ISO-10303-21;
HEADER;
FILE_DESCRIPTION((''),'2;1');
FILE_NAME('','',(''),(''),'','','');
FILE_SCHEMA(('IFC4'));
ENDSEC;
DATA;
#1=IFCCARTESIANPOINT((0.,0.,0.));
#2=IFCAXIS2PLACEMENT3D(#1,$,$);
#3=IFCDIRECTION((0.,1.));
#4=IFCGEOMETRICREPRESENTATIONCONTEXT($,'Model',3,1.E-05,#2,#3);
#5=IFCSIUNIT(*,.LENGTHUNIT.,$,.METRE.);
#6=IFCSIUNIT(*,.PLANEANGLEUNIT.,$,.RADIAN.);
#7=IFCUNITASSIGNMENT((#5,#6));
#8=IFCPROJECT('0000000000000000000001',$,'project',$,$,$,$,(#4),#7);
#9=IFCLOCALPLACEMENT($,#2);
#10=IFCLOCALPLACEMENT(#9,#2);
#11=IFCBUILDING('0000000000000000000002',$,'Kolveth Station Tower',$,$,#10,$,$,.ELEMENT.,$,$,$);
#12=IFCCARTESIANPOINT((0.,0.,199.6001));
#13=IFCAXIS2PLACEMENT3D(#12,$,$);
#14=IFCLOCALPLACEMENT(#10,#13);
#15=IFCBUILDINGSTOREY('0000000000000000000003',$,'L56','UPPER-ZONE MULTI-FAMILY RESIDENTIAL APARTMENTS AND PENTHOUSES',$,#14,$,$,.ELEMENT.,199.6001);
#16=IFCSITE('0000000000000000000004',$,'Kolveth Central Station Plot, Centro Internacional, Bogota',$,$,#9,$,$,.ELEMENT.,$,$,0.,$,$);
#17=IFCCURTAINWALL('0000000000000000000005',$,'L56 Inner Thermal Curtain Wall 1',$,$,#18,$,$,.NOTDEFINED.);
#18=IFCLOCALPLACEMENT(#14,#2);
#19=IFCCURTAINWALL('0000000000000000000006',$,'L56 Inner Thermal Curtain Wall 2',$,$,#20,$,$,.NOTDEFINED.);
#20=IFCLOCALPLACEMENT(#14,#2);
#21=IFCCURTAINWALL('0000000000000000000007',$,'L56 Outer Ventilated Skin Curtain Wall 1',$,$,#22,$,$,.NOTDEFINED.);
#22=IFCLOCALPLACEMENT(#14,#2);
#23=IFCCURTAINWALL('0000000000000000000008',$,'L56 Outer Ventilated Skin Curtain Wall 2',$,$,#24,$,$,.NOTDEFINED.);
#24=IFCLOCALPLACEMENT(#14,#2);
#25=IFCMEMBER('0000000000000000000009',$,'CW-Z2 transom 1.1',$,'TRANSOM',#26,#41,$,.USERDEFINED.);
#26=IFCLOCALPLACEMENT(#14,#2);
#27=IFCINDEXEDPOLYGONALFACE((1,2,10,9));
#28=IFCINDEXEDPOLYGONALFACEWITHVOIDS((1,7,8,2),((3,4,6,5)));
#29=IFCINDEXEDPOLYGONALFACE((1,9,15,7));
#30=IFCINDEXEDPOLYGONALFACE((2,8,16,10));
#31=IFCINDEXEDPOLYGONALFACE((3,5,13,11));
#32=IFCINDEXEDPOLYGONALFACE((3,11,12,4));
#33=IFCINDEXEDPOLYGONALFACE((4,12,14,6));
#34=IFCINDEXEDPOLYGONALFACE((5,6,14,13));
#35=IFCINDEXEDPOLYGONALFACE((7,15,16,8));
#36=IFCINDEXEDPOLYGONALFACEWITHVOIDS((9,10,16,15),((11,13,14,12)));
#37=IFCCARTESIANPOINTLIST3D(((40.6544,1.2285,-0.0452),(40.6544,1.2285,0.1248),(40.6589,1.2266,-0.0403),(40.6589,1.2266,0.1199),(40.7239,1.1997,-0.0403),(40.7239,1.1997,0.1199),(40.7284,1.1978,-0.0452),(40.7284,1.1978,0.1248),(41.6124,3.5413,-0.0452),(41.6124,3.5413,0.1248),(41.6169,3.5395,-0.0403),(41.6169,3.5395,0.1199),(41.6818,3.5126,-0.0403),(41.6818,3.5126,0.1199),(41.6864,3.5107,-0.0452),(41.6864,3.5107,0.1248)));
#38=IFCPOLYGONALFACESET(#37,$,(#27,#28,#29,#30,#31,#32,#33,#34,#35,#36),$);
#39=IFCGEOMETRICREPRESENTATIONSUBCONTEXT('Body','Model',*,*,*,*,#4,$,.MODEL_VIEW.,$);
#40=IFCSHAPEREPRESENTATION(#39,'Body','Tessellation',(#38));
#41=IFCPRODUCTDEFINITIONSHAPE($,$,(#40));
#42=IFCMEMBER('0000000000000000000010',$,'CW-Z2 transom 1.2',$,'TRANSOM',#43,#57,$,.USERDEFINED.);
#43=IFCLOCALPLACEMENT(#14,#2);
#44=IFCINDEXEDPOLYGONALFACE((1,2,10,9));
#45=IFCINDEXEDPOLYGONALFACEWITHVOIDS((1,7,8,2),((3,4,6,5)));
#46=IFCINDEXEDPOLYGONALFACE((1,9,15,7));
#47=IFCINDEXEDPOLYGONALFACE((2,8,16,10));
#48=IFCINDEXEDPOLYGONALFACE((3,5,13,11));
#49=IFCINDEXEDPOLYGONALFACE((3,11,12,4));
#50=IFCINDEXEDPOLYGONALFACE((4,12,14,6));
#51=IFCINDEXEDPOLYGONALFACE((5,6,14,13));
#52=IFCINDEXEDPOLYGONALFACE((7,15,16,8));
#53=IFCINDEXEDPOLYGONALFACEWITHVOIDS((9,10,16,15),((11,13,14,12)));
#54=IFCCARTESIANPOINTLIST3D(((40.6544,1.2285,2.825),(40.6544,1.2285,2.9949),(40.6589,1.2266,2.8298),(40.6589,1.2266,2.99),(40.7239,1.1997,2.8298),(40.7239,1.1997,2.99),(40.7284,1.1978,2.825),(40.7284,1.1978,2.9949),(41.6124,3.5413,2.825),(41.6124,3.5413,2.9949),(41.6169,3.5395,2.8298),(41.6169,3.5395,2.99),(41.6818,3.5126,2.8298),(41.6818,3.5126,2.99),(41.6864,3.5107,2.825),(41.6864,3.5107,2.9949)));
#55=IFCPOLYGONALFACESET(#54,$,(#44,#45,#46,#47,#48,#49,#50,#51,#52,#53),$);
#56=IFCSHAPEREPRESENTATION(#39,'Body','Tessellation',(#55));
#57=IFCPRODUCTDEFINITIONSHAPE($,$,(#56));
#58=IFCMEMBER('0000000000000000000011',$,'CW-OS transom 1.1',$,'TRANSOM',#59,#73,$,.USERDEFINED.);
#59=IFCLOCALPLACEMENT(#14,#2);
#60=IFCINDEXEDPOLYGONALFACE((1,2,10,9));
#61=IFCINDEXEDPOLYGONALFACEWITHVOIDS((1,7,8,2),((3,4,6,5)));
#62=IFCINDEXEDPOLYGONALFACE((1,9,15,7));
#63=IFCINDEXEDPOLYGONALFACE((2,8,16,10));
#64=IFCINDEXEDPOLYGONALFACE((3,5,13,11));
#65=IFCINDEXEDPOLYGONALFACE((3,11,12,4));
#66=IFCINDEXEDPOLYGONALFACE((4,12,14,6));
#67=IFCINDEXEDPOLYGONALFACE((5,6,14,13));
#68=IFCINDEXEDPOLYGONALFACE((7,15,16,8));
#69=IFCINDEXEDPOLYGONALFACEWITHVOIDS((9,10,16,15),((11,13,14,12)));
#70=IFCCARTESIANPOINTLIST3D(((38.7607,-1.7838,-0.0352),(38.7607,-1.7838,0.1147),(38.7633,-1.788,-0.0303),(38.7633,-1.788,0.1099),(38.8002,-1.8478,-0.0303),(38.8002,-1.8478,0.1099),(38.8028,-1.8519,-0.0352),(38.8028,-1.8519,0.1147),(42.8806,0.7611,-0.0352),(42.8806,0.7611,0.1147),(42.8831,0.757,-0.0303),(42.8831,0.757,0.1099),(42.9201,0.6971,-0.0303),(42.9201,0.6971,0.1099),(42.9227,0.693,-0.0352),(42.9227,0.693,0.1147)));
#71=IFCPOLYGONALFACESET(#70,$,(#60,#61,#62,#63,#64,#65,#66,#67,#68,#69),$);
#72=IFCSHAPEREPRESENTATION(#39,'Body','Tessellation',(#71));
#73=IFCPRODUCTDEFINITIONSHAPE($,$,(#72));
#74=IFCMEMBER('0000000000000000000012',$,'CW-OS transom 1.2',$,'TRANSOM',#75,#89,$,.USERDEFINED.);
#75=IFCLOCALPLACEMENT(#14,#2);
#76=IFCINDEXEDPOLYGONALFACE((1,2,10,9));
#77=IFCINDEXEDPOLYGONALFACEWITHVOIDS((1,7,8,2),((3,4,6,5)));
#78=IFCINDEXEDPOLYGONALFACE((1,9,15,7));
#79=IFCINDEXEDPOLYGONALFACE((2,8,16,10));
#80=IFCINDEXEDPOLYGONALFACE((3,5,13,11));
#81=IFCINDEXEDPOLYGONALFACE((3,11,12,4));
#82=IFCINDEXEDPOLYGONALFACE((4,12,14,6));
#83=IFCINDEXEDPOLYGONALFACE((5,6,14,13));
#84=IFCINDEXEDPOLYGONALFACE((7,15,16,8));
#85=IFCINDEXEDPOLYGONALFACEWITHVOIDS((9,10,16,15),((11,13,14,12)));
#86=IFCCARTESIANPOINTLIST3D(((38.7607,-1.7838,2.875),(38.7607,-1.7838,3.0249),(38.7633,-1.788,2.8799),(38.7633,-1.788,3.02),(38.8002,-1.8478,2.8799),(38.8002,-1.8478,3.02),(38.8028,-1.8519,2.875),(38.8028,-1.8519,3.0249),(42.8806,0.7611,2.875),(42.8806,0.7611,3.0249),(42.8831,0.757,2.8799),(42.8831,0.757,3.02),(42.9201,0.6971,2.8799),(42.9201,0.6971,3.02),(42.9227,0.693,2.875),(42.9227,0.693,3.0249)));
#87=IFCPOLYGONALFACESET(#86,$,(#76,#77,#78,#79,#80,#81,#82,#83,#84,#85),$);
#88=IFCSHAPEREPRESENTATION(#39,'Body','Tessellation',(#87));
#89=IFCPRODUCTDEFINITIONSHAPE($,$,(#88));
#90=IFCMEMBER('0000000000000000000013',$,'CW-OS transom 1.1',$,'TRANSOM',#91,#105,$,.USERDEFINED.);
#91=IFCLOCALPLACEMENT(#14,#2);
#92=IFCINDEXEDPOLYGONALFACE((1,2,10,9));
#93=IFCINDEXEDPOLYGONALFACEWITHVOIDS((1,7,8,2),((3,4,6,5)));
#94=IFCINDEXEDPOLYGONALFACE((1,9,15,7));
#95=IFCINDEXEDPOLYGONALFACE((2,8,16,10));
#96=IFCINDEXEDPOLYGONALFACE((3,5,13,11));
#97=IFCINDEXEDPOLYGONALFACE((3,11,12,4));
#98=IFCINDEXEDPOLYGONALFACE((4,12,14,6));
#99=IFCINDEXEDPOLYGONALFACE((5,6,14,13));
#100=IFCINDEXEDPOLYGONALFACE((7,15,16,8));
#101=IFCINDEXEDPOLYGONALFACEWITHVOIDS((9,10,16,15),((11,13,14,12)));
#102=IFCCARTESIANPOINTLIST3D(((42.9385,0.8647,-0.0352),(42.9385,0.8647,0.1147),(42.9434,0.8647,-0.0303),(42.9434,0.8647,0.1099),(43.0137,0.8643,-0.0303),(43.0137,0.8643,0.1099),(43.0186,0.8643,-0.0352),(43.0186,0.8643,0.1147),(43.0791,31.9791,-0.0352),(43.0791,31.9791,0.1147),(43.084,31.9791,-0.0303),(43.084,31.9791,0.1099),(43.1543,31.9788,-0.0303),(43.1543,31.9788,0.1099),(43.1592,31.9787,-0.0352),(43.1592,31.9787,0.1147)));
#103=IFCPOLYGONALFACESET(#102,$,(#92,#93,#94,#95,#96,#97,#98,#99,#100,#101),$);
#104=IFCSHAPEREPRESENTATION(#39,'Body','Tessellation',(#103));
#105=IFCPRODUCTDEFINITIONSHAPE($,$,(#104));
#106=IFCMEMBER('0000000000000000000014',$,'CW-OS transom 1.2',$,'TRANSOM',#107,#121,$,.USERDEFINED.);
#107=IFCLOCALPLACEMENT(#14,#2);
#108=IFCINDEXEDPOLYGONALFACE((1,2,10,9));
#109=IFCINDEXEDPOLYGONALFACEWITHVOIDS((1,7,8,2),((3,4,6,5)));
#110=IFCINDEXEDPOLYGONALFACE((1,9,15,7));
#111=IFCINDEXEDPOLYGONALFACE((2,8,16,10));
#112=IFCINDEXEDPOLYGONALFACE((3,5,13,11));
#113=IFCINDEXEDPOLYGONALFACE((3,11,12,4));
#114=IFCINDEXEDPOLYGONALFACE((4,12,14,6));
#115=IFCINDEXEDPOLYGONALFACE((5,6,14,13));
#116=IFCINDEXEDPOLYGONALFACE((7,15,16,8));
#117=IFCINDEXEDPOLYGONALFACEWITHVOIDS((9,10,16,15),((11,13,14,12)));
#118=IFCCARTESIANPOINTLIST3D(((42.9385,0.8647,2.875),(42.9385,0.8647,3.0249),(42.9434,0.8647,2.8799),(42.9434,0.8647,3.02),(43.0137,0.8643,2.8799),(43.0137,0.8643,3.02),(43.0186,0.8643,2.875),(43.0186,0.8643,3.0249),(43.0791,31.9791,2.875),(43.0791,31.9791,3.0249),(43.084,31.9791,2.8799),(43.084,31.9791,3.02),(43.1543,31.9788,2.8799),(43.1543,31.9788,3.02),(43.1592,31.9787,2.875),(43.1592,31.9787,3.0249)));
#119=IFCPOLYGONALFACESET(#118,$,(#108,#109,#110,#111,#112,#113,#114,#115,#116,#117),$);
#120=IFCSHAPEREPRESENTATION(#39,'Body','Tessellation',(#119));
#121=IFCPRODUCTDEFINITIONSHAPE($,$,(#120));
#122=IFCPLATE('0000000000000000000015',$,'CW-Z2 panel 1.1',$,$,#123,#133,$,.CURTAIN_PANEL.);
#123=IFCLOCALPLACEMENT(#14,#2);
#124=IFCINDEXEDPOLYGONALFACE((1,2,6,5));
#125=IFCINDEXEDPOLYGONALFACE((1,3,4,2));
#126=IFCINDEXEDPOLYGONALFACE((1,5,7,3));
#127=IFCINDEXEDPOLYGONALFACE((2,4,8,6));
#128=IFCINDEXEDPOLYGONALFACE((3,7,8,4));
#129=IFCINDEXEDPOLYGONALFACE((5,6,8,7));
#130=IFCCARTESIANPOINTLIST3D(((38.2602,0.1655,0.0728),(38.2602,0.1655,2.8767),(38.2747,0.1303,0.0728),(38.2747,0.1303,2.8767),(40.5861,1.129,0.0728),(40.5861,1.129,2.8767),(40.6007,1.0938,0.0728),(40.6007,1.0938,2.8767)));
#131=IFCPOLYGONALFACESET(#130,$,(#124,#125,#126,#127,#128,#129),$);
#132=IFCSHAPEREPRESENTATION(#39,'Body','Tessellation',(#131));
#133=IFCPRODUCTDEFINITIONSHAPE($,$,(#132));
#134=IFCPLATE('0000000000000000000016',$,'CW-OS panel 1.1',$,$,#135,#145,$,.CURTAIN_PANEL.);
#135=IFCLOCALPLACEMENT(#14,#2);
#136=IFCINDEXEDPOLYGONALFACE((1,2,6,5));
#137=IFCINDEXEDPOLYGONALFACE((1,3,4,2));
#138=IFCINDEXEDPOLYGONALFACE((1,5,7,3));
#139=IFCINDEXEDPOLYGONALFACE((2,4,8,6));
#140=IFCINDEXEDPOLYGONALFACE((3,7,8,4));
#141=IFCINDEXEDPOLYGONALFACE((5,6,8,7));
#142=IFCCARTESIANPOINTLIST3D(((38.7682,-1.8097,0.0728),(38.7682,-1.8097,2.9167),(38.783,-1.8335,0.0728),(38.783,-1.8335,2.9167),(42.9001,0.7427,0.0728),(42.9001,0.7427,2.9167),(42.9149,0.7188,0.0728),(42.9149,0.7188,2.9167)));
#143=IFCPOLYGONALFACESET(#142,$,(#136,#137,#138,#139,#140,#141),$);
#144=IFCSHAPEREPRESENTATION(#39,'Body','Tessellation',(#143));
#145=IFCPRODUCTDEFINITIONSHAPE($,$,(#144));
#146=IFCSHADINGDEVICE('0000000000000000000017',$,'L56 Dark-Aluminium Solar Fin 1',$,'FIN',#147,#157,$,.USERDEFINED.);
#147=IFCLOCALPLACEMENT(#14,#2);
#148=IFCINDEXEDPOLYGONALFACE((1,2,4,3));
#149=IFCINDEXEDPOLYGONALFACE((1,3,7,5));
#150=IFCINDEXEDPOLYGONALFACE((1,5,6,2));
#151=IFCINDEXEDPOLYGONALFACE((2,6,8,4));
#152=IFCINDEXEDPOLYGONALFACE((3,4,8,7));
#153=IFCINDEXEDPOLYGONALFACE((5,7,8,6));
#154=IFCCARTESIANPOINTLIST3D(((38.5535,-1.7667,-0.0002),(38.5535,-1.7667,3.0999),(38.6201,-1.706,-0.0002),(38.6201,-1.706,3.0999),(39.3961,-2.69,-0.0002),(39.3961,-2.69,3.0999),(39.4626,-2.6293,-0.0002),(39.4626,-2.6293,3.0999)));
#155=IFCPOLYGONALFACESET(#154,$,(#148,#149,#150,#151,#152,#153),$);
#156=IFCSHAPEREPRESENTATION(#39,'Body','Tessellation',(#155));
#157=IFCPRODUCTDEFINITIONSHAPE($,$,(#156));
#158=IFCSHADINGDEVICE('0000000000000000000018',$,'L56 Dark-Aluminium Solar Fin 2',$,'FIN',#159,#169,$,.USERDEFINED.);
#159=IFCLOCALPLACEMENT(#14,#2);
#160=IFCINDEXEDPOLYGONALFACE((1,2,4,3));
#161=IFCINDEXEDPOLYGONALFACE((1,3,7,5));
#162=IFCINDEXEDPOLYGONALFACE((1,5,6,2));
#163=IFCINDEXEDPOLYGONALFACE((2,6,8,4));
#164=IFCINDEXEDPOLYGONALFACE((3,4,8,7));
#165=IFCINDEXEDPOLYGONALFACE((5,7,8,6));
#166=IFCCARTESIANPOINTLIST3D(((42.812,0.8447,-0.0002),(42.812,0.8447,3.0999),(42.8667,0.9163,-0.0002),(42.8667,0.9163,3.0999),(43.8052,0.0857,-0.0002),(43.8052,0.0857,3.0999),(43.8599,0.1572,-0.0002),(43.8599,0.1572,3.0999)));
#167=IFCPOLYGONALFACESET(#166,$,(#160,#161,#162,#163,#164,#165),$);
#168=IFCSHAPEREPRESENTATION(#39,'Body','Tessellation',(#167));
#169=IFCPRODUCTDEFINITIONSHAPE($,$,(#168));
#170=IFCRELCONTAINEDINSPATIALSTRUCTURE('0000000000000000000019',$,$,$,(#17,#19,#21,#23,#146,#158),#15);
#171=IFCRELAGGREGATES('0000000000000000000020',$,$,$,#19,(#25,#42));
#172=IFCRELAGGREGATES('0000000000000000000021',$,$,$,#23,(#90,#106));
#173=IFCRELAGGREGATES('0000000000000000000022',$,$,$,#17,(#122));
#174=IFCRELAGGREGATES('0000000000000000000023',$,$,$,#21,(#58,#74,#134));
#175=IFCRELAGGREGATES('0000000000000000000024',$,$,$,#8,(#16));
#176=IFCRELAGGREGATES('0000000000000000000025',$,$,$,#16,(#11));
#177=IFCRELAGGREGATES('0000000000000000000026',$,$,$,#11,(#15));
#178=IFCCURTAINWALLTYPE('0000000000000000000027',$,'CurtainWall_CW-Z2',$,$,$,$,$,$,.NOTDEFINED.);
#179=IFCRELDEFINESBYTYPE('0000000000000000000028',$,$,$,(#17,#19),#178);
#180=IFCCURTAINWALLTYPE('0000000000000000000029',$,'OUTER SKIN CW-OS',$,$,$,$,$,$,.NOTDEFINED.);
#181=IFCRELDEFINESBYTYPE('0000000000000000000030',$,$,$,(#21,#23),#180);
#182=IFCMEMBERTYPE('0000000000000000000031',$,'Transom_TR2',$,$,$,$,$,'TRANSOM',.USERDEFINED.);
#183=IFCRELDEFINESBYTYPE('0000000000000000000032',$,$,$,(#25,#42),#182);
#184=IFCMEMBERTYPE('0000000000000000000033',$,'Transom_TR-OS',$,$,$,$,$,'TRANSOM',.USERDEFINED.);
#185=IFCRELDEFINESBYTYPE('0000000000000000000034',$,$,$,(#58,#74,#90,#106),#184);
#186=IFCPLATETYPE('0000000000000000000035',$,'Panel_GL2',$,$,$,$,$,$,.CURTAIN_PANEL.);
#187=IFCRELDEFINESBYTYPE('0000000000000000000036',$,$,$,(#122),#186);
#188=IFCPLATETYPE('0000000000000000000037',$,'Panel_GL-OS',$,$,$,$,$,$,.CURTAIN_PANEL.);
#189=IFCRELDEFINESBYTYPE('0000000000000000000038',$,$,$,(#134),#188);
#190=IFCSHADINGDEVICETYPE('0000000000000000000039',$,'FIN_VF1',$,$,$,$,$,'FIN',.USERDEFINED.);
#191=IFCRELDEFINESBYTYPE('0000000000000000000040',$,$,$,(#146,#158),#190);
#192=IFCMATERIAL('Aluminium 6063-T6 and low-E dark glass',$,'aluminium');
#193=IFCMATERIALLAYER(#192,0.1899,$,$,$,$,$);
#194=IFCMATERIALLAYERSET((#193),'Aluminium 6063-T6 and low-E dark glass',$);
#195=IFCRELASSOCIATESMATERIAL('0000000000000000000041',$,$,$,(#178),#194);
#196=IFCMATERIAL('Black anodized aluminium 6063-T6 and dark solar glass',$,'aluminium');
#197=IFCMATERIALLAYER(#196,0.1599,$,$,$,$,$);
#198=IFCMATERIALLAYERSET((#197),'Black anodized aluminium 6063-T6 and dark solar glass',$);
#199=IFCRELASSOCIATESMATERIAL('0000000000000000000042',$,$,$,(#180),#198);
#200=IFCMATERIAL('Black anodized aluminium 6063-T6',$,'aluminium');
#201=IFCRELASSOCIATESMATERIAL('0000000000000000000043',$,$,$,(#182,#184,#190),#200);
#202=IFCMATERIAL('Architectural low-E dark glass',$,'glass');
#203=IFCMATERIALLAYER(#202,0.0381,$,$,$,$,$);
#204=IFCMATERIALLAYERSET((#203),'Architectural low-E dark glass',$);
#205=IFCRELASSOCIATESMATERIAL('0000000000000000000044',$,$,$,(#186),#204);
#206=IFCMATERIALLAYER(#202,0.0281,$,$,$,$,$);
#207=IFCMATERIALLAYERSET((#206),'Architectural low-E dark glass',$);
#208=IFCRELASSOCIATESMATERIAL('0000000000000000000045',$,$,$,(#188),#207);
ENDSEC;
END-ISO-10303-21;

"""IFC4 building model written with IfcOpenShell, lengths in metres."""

from ifc_helpers import new_model, si_unit, direction, frame, origin, origin_2d, place, context, subcontext, project, spatial, rectangle, hollow_rectangle, extrude, source, transform, mapped, material, layer, layer_set, material_profile, profile_set, type_object, element, aggregate, save


model = new_model("IFC4")

# Units and contexts
model_context = context("Model", 3, precision=1e-05, world=origin(), true_north=direction((0.0, 1.0)))
body_context = subcontext(model_context, "Body", "Model", "MODEL_VIEW")
ifc_project = project(units=[si_unit("LENGTHUNIT", "METRE"), si_unit("PLANEANGLEUNIT", "RADIAN")], contexts=[model_context])

# Site, building, storey
site_placement = place(None, origin())
site = spatial("IfcSite", under=ifc_project, at=site_placement, Name="Kolveth Central Station Plot, Centro Internacional, Bogota", CompositionType="ELEMENT", RefElevation=0.0)
building_placement = place(site_placement, origin())
building = spatial("IfcBuilding", under=site, at=building_placement, Name="Kolveth Station Tower", CompositionType="ELEMENT")
storey_placement = place(building_placement, frame((0.0, 0.0, 199.6001)))
storey = spatial("IfcBuildingStorey", under=building, at=storey_placement, Name="L56", Description="UPPER-ZONE MULTI-FAMILY RESIDENTIAL APARTMENTS AND PENTHOUSES", CompositionType="ELEMENT", Elevation=199.6001)

# Curtain wall
ifc_material_1 = material(Name="Aluminium 6063-T6 and low-E dark glass", Category="aluminium")
ifc_layer_1 = layer(ifc_material_1, 0.1899)
ifc_layer_set_1 = layer_set([ifc_layer_1], Name="Aluminium 6063-T6 and low-E dark glass")
curtain_wall_type_1 = type_object("IfcCurtainWallType", Name="CurtainWall_CW-Z2", PredefinedType="NOTDEFINED", material=ifc_layer_set_1)
curtain_wall_1_placement = place(storey_placement, origin())
curtain_wall_1 = element("IfcCurtainWall", 1, at=curtain_wall_1_placement, inside=storey, type_object=curtain_wall_type_1, Name="L56 Inner Thermal Curtain Wall 1", PredefinedType="NOTDEFINED")
ifc_material_2 = material(Name="Black anodized aluminium 6063-T6", Category="aluminium")

# Curtain wall
curtain_wall_2_placement = place(storey_placement, origin())
curtain_wall_2 = element("IfcCurtainWall", 2, at=curtain_wall_2_placement, inside=storey, type_object=curtain_wall_type_1, Name="L56 Inner Thermal Curtain Wall 2", PredefinedType="NOTDEFINED")

# Curtain wall
ifc_material_3 = material(Name="Black anodized aluminium 6063-T6 and dark solar glass", Category="aluminium")
ifc_layer_2 = layer(ifc_material_3, 0.1599)
ifc_layer_set_2 = layer_set([ifc_layer_2], Name="Black anodized aluminium 6063-T6 and dark solar glass")
curtain_wall_type_2 = type_object("IfcCurtainWallType", Name="OUTER SKIN CW-OS", PredefinedType="NOTDEFINED", material=ifc_layer_set_2)
curtain_wall_3_placement = place(storey_placement, origin())
curtain_wall_3 = element("IfcCurtainWall", 3, at=curtain_wall_3_placement, inside=storey, type_object=curtain_wall_type_2, Name="L56 Outer Ventilated Skin Curtain Wall 1", PredefinedType="NOTDEFINED")

# Curtain wall
curtain_wall_4_placement = place(storey_placement, origin())
curtain_wall_4 = element("IfcCurtainWall", 4, at=curtain_wall_4_placement, inside=storey, type_object=curtain_wall_type_2, Name="L56 Outer Ventilated Skin Curtain Wall 2", PredefinedType="NOTDEFINED")

# Members
ifc_material_profile_1 = material_profile(ifc_material_2, hollow_rectangle(XDim=0.0801, YDim=0.1699, WallThickness=0.0049, at=origin_2d()), Name="ALU-80x170x5")
ifc_profile_set_1 = profile_set([ifc_material_profile_1], Name="Black anodized aluminium 6063-T6")
member_type_1 = type_object("IfcMemberType", Name="Transom_TR2", ElementType="TRANSOM", PredefinedType="USERDEFINED", material=ifc_profile_set_1)
shared_shape_1 = source(origin(), body_context, "Body", "SweptSolid", [
    extrude(hollow_rectangle(XDim=0.0801, YDim=0.1699, WallThickness=0.0049, at=origin_2d()), origin(), (0.0, 0.0, 1.0), 2.5034),
])
member_1_placement = place(storey_placement, frame((40.6914, 1.2131, 0.0398), z_axis=(0.382662, 0.923888, 0.0), x_axis=(-0.923888, 0.382662, 0.0)))
member_1 = element("IfcMember", 5, at=member_1_placement, type_object=member_type_1, Name="CW-Z2 transom 1.1", ObjectType="TRANSOM", PredefinedType="USERDEFINED", context=body_context, shape_type="MappedRepresentation", body=[
    mapped(shared_shape_1, transform((0.0, 0.0, 0.0), x_axis=(1.0, 0.0, 0.0), y_axis=(0.0, 1.0, 0.0), z_axis=(0.0, 0.0, 1.0), scale=1.0)),
])
member_2_placement = place(storey_placement, frame((40.6914, 1.2131, 2.9099), z_axis=(0.382662, 0.923888, 0.0), x_axis=(-0.923888, 0.382662, 0.0)))
member_2 = element("IfcMember", 6, at=member_2_placement, type_object=member_type_1, Name="CW-Z2 transom 1.2", ObjectType="TRANSOM", PredefinedType="USERDEFINED", context=body_context, shape_type="MappedRepresentation", body=[
    mapped(shared_shape_1, transform((0.0, 0.0, 0.0), x_axis=(1.0, 0.0, 0.0), y_axis=(0.0, 1.0, 0.0), z_axis=(0.0, 0.0, 1.0), scale=1.0)),
])
aggregate(curtain_wall_2, [member_1, member_2])
ifc_material_profile_2 = material_profile(ifc_material_2, hollow_rectangle(XDim=0.0801, YDim=0.1499, WallThickness=0.0049, at=origin_2d()), Name="ALU-80x150x5")
ifc_profile_set_2 = profile_set([ifc_material_profile_2], Name="Black anodized aluminium 6063-T6")
member_type_2 = type_object("IfcMemberType", Name="Transom_TR-OS", ElementType="TRANSOM", PredefinedType="USERDEFINED", material=ifc_profile_set_2)
shared_shape_2 = source(origin(), body_context, "Body", "SweptSolid", [
    extrude(hollow_rectangle(XDim=0.0801, YDim=0.1499, WallThickness=0.0049, at=origin_2d()), origin(), (0.0, 0.0, 1.0), 4.8425),
])
member_3_placement = place(storey_placement, frame((38.7817, -1.8179, 0.0398), z_axis=(0.850771, 0.525537, 0.0), x_axis=(-0.525537, 0.850771, 0.0)))
member_3 = element("IfcMember", 7, at=member_3_placement, type_object=member_type_2, Name="CW-OS transom 1.1", ObjectType="TRANSOM", PredefinedType="USERDEFINED", context=body_context, shape_type="MappedRepresentation", body=[
    mapped(shared_shape_2, transform((0.0, 0.0, 0.0), x_axis=(1.0, 0.0, 0.0), y_axis=(0.0, 1.0, 0.0), z_axis=(0.0, 0.0, 1.0), scale=1.0)),
])
member_4_placement = place(storey_placement, frame((38.7817, -1.8179, 2.95), z_axis=(0.850771, 0.525537, 0.0), x_axis=(-0.525537, 0.850771, 0.0)))
member_4 = element("IfcMember", 8, at=member_4_placement, type_object=member_type_2, Name="CW-OS transom 1.2", ObjectType="TRANSOM", PredefinedType="USERDEFINED", context=body_context, shape_type="MappedRepresentation", body=[
    mapped(shared_shape_2, transform((0.0, 0.0, 0.0), x_axis=(1.0, 0.0, 0.0), y_axis=(0.0, 1.0, 0.0), z_axis=(0.0, 0.0, 1.0), scale=1.0)),
])
shared_shape_3 = source(origin(), body_context, "Body", "SweptSolid", [
    extrude(hollow_rectangle(XDim=0.0801, YDim=0.1499, WallThickness=0.0049, at=origin_2d()), origin(), (0.0, 0.0, 1.0), 31.1147),
])
member_5_placement = place(storey_placement, frame((42.9785, 0.8645, 0.0398), z_axis=(0.00452, 0.99999, 0.0), x_axis=(-0.99999, 0.00452, 0.0)))
member_5 = element("IfcMember", 9, at=member_5_placement, type_object=member_type_2, Name="CW-OS transom 1.1", ObjectType="TRANSOM", PredefinedType="USERDEFINED", context=body_context, shape_type="MappedRepresentation", body=[
    mapped(shared_shape_3, transform((0.0, 0.0, 0.0), x_axis=(1.0, 0.0, 0.0), y_axis=(0.0, 1.0, 0.0), z_axis=(0.0, 0.0, 1.0), scale=1.0)),
])
member_6_placement = place(storey_placement, frame((42.9785, 0.8645, 2.95), z_axis=(0.00452, 0.99999, 0.0), x_axis=(-0.99999, 0.00452, 0.0)))
member_6 = element("IfcMember", 10, at=member_6_placement, type_object=member_type_2, Name="CW-OS transom 1.2", ObjectType="TRANSOM", PredefinedType="USERDEFINED", context=body_context, shape_type="MappedRepresentation", body=[
    mapped(shared_shape_3, transform((0.0, 0.0, 0.0), x_axis=(1.0, 0.0, 0.0), y_axis=(0.0, 1.0, 0.0), z_axis=(0.0, 0.0, 1.0), scale=1.0)),
])
aggregate(curtain_wall_4, [member_5, member_6])

# Plates
ifc_material_4 = material(Name="Architectural low-E dark glass", Category="glass")
ifc_layer_3 = layer(ifc_material_4, 0.0381)
ifc_layer_set_3 = layer_set([ifc_layer_3], Name="Architectural low-E dark glass")
plate_type_1 = type_object("IfcPlateType", Name="Panel_GL2", PredefinedType="CURTAIN_PANEL", material=ifc_layer_set_3)
shared_shape_4 = source(origin(), body_context, "Body", "SweptSolid", [
    extrude(rectangle(XDim=2.5176, YDim=0.0381, at=origin_2d()), origin(), (0.0, 0.0, 1.0), 2.804),
])
plate_1_placement = place(storey_placement, frame((39.4304, 0.6296, 0.0728), z_axis=(0.0, 0.0, 1.0), x_axis=(0.923874, 0.382698, 0.0)))
plate_1 = element("IfcPlate", 11, at=plate_1_placement, type_object=plate_type_1, Name="CW-Z2 panel 1.1", PredefinedType="CURTAIN_PANEL", context=body_context, shape_type="MappedRepresentation", body=[
    mapped(shared_shape_4, transform((0.0, 0.0, 0.0), x_axis=(1.0, 0.0, 0.0), y_axis=(0.0, 1.0, 0.0), z_axis=(0.0, 0.0, 1.0), scale=1.0)),
])
aggregate(curtain_wall_1, [plate_1])
ifc_layer_4 = layer(ifc_material_4, 0.0281)
ifc_layer_set_4 = layer_set([ifc_layer_4], Name="Architectural low-E dark glass")
plate_type_2 = type_object("IfcPlateType", Name="Panel_GL-OS", PredefinedType="CURTAIN_PANEL", material=ifc_layer_set_4)
shared_shape_5 = source(origin(), body_context, "Body", "SweptSolid", [
    extrude(rectangle(XDim=4.8567, YDim=0.0281, at=origin_2d()), origin(), (0.0, 0.0, 1.0), 2.844),
])
plate_2_placement = place(storey_placement, frame((40.8416, -0.5454, 0.0728), z_axis=(0.0, 0.0, 1.0), x_axis=(0.850768, 0.525541, 0.0)))
plate_2 = element("IfcPlate", 12, at=plate_2_placement, type_object=plate_type_2, Name="CW-OS panel 1.1", PredefinedType="CURTAIN_PANEL", context=body_context, shape_type="MappedRepresentation", body=[
    mapped(shared_shape_5, transform((0.0, 0.0, 0.0), x_axis=(1.0, 0.0, 0.0), y_axis=(0.0, 1.0, 0.0), z_axis=(0.0, 0.0, 1.0), scale=1.0)),
])
aggregate(curtain_wall_3, [member_3, member_4, plate_2])

# Shading devices
shading_device_type = type_object("IfcShadingDeviceType", Name="FIN_VF1", ElementType="FIN", PredefinedType="USERDEFINED", material=ifc_material_2)
shared_shape_6 = source(origin(), body_context, "Body", "SweptSolid", [
    extrude(rectangle(XDim=1.25, YDim=0.0901, at=origin_2d()), origin(), (0.0, 0.0, 1.0), 3.1001),
])
for number, where, z_axis, x_axis, name in (
    (13, (39.0081, -2.198, -0.0002), (0.0, 0.0, 1.0), (0.674045, -0.738691, 0.0), "L56 Dark-Aluminium Solar Fin 1"),
    (14, (43.3359, 0.501, -0.0002), (0.0, 0.0, 1.0), (0.794521, -0.607237, 0.0), "L56 Dark-Aluminium Solar Fin 2"),
):
    element("IfcShadingDevice", number, at=place(storey_placement, frame(where, z_axis=z_axis, x_axis=x_axis)), inside=storey, type_object=shading_device_type, Name=name, ObjectType="FIN", PredefinedType="USERDEFINED", context=body_context, shape_type="MappedRepresentation", body=[
        mapped(shared_shape_6, transform((0.0, 0.0, 0.0), x_axis=(1.0, 0.0, 0.0), y_axis=(0.0, 1.0, 0.0), z_axis=(0.0, 0.0, 1.0), scale=1.0)),
    ])

save(model, "model.ifc")
